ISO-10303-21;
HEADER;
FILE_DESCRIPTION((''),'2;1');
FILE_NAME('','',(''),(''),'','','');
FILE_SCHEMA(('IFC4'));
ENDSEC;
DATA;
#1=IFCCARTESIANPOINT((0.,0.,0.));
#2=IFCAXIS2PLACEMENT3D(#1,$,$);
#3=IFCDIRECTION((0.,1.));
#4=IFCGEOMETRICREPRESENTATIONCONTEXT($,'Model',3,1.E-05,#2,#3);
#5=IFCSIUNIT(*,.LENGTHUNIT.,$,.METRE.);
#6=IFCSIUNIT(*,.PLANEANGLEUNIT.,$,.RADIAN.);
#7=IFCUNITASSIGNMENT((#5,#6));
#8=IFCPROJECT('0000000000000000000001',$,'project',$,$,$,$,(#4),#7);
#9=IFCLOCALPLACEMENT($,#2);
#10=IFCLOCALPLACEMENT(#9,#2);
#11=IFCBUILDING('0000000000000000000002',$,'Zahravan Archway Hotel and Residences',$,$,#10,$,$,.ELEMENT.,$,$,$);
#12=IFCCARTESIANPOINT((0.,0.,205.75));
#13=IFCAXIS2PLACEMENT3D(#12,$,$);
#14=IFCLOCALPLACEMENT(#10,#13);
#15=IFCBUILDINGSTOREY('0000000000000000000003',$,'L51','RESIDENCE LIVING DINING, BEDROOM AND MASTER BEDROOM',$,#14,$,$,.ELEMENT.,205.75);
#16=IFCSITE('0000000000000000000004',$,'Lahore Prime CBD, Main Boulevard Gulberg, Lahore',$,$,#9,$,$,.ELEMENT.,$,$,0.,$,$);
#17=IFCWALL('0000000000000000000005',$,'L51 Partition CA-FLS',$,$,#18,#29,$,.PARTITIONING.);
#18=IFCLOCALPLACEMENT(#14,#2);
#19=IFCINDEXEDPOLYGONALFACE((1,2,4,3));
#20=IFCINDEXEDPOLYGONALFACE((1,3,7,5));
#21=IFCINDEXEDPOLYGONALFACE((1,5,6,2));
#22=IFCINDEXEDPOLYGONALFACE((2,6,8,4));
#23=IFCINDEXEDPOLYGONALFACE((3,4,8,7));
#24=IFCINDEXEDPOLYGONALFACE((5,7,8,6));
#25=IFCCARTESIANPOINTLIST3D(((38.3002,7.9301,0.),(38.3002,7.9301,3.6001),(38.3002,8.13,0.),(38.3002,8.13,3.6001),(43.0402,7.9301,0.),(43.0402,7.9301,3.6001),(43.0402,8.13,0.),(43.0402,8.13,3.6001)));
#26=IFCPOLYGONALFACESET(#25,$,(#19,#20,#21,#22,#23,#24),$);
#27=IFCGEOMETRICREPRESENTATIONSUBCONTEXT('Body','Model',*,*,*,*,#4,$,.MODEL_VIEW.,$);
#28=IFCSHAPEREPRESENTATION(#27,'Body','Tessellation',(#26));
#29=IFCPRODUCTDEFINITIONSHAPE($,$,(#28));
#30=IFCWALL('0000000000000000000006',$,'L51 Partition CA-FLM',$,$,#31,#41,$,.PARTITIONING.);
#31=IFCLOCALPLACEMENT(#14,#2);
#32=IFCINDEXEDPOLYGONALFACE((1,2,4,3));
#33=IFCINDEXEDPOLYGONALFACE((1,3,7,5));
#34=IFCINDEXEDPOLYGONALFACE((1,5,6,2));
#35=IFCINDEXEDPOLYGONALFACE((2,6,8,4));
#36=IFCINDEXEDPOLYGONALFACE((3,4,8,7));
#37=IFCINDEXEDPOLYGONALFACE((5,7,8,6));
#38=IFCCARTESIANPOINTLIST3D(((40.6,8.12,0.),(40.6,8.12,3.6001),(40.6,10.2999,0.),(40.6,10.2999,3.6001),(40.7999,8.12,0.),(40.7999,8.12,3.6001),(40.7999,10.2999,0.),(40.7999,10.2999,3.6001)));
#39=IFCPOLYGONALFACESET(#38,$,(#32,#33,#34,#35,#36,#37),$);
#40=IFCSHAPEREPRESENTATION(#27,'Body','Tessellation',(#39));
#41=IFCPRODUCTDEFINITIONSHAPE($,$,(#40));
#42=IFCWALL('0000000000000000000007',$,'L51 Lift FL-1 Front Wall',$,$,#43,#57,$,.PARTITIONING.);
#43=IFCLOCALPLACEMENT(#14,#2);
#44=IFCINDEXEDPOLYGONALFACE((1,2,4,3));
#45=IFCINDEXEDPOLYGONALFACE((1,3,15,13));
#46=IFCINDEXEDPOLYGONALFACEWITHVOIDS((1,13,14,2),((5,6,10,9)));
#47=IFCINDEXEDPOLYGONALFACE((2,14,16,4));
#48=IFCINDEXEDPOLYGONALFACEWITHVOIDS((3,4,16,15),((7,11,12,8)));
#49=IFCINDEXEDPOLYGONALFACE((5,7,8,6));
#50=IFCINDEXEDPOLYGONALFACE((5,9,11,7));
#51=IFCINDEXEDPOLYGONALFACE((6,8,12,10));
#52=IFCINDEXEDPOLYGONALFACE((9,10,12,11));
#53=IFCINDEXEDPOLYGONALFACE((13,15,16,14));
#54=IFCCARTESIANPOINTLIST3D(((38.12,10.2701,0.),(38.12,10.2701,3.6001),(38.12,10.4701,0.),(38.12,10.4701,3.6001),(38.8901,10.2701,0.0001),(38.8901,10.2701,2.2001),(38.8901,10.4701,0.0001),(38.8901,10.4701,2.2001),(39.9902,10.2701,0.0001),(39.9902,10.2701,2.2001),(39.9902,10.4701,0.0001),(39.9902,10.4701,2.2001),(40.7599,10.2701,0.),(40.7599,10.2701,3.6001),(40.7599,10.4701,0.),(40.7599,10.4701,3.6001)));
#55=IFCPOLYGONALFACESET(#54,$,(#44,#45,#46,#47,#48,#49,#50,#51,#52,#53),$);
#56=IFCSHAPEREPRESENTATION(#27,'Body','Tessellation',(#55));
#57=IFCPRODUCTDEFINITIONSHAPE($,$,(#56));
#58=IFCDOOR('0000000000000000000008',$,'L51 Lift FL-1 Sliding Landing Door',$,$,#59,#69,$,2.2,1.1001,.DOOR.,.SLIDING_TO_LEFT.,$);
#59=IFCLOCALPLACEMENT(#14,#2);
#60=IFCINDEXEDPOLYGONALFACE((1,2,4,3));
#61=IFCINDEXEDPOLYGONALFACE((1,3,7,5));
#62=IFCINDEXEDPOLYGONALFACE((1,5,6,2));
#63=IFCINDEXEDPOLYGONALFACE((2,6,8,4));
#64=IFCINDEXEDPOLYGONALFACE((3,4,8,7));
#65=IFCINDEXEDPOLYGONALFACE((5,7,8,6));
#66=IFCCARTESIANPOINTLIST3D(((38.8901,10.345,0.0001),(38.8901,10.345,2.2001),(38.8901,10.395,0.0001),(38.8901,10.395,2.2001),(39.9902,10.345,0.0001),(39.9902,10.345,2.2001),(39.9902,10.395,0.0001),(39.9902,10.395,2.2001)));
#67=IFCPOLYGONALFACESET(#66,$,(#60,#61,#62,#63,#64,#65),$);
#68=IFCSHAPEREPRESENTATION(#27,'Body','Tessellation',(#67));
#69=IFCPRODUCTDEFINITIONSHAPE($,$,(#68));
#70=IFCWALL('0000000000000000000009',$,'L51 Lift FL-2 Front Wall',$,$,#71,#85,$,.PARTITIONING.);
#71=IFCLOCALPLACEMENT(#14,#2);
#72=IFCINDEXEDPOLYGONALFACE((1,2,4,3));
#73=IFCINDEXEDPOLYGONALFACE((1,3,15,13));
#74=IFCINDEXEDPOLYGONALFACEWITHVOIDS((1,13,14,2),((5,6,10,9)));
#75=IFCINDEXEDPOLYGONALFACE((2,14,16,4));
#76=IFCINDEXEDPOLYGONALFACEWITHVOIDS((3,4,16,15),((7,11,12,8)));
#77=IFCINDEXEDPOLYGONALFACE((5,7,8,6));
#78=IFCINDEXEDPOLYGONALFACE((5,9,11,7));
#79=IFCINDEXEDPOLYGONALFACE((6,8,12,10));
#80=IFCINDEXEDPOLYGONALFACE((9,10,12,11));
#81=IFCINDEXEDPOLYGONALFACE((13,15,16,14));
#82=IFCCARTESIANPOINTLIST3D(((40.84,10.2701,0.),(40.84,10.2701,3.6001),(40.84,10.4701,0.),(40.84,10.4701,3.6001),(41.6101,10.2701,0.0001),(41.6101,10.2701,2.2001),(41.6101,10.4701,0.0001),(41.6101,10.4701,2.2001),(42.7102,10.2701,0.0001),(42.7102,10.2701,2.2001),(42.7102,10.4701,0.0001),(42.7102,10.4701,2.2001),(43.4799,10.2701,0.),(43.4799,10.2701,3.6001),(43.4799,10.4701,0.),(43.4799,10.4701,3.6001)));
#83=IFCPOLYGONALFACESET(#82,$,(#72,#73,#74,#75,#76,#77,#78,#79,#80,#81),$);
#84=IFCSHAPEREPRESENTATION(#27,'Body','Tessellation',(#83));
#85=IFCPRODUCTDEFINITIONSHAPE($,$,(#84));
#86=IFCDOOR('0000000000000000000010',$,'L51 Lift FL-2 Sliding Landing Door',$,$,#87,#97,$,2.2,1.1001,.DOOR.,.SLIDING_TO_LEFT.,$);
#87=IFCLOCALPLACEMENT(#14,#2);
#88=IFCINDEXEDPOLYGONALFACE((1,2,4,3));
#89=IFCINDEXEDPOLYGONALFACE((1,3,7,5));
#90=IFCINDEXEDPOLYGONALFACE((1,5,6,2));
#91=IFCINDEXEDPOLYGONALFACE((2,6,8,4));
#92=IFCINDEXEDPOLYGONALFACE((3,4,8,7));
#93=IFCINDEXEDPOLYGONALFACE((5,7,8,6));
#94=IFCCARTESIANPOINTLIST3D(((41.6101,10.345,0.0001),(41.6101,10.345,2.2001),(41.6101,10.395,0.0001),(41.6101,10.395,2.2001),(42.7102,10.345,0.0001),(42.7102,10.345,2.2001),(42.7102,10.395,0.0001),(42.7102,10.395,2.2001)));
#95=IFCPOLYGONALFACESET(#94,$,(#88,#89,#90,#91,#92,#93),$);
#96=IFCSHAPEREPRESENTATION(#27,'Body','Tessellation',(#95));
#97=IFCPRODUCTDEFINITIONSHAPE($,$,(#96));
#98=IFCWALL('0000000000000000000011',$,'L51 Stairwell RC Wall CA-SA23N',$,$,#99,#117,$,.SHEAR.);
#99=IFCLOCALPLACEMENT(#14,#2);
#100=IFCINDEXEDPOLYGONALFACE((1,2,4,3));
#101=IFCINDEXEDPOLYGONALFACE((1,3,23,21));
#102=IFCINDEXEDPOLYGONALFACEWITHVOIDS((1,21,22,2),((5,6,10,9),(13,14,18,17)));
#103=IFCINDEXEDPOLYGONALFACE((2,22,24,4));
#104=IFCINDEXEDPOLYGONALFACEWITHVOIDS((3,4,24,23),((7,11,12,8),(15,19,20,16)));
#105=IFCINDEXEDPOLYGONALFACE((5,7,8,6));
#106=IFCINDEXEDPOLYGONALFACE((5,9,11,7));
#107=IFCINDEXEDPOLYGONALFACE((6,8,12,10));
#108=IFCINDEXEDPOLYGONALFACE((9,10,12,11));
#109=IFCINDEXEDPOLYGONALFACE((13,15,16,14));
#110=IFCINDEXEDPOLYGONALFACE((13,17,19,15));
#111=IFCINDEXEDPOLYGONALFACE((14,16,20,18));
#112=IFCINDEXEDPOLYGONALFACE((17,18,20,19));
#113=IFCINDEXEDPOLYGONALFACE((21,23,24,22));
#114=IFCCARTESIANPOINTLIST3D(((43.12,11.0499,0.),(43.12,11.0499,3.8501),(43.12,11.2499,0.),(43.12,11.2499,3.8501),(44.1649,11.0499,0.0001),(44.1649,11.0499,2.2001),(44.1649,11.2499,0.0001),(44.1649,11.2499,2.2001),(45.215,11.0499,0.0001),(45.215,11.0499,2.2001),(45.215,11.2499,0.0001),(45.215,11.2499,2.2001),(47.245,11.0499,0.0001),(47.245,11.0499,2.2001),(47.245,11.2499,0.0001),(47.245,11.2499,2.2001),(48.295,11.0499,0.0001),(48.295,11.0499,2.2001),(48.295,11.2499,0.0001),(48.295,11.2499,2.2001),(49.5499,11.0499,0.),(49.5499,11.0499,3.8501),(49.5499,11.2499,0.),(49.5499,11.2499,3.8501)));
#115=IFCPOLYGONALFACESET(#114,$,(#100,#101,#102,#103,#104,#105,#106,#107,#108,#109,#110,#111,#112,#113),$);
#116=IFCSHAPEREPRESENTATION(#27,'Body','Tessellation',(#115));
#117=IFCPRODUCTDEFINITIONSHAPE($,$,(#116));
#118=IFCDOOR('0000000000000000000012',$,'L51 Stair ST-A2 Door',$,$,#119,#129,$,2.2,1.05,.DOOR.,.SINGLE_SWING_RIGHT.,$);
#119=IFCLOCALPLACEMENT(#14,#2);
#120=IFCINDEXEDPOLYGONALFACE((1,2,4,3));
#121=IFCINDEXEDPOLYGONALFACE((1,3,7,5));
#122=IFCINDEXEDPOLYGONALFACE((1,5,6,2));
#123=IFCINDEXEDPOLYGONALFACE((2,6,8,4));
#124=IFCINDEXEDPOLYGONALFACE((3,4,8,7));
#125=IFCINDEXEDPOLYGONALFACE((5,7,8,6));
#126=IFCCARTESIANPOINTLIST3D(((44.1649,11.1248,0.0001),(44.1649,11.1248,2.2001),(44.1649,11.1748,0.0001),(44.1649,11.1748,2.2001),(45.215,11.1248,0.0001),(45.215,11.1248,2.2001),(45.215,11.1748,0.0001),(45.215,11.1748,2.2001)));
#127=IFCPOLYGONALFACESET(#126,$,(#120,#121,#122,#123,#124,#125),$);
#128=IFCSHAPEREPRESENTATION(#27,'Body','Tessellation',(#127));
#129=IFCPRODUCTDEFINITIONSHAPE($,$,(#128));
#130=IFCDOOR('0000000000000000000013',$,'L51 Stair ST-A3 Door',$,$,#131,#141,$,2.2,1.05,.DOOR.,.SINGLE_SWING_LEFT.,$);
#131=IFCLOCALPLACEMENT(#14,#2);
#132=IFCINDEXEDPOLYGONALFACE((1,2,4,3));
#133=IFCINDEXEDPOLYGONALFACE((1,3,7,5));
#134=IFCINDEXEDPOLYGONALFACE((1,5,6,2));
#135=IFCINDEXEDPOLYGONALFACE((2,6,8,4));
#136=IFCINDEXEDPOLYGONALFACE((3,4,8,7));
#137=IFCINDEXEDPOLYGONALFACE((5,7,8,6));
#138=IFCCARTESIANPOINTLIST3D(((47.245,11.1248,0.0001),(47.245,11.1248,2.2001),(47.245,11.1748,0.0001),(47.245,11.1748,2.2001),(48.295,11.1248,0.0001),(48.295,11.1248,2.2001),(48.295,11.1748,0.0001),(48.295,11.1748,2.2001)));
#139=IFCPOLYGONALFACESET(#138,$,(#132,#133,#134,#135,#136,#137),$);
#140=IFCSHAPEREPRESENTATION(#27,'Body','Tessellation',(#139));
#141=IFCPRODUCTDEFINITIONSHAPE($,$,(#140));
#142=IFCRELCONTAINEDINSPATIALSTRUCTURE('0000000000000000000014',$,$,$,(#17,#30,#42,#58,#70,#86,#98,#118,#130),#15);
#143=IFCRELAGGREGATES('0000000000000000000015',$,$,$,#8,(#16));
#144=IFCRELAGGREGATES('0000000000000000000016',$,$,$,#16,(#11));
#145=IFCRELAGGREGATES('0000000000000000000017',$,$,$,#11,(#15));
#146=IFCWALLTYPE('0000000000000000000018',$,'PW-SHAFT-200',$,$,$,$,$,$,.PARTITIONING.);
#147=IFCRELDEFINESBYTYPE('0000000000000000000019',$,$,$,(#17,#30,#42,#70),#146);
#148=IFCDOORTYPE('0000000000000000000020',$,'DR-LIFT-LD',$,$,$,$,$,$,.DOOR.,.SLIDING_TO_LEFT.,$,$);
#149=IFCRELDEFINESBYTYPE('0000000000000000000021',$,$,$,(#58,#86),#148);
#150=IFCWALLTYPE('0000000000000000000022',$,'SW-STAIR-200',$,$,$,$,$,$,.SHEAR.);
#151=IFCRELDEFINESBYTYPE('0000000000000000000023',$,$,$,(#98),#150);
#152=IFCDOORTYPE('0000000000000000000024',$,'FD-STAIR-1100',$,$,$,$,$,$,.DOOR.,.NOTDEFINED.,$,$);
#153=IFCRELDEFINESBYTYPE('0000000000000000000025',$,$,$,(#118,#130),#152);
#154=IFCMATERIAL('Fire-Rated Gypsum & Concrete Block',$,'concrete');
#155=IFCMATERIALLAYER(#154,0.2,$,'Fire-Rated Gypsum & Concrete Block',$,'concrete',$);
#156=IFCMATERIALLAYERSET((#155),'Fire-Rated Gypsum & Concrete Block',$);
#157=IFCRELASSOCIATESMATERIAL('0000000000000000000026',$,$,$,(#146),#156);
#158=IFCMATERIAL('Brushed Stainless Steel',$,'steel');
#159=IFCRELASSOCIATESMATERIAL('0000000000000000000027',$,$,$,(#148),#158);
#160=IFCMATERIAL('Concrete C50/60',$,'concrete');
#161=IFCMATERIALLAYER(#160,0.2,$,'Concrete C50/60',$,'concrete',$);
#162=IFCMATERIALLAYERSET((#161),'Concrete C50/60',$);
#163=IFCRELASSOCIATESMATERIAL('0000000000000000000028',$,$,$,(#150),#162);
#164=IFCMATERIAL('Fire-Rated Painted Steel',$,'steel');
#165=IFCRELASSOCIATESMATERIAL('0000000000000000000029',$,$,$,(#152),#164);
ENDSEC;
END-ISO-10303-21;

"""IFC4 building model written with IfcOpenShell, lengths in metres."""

from ifc_helpers import new_model, si_unit, direction, frame, frame_2d, origin, place, context, subcontext, project, spatial, rectangle, extrude, source, transform, mapped, material, layer, layer_set, type_object, type_shapes, element, fill, save


model = new_model("IFC4")

# Units and contexts
model_context = context("Model", 3, precision=1e-05, world=origin(), true_north=direction((0.0, 1.0)))
body_context = subcontext(model_context, "Body", "Model", "MODEL_VIEW")
ifc_project = project(units=[si_unit("LENGTHUNIT", "METRE"), si_unit("PLANEANGLEUNIT", "RADIAN")], contexts=[model_context])

# Site, building, storey
site_placement = place(None, origin())
site = spatial("IfcSite", under=ifc_project, at=site_placement, Name="Lahore Prime CBD, Main Boulevard Gulberg, Lahore", CompositionType="ELEMENT", RefElevation=0.0)
building_placement = place(site_placement, origin())
building = spatial("IfcBuilding", under=site, at=building_placement, Name="Zahravan Archway Hotel and Residences", CompositionType="ELEMENT")
storey_placement = place(building_placement, frame((0.0, 0.0, 205.75)))
storey = spatial("IfcBuildingStorey", under=building, at=storey_placement, Name="L51", Description="RESIDENCE LIVING DINING, BEDROOM AND MASTER BEDROOM", CompositionType="ELEMENT", Elevation=205.75)

# Shared definitions
ifc_material_1 = material(Name="Fire-Rated Gypsum & Concrete Block", Category="concrete")
ifc_material_2 = material(Name="Fire-Rated Painted Steel", Category="steel")

# Walls
ifc_layer_1 = layer(ifc_material_1, 0.2, Name="Fire-Rated Gypsum & Concrete Block", Category="concrete")
ifc_layer_set_1 = layer_set([ifc_layer_1], Name="Fire-Rated Gypsum & Concrete Block")
wall_type_1 = type_object("IfcWallType", Name="PW-SHAFT-200", PredefinedType="PARTITIONING", material=ifc_layer_set_1)
wall_1_placement = place(storey_placement, frame((38.3, 8.03, 0.0), z_axis=(0.0, 0.0, 1.0), x_axis=(1.0, 0.0, 0.0)))
element("IfcWall", 1, at=wall_1_placement, inside=storey, type_object=wall_type_1, Name="L51 Partition CA-FLS", PredefinedType="PARTITIONING", context=body_context, shape_type="SweptSolid", body=[
    extrude(rectangle(XDim=4.74, YDim=0.2, at=frame_2d((2.3701, 0.0))), origin(), (0.0, 0.0, 1.0), 3.6001),
])
wall_2_placement = place(storey_placement, frame((40.7, 8.1201, 0.0), z_axis=(0.0, 0.0, 1.0), x_axis=(0.0, 1.0, 0.0)))
element("IfcWall", 2, at=wall_2_placement, inside=storey, type_object=wall_type_1, Name="L51 Partition CA-FLM", PredefinedType="PARTITIONING", context=body_context, shape_type="SweptSolid", body=[
    extrude(rectangle(XDim=2.1799, YDim=0.2, at=frame_2d((1.0898, 0.0))), origin(), (0.0, 0.0, 1.0), 3.6001),
])

# Walls, openings, doors
wall_3_placement = place(storey_placement, frame((38.1201, 10.3701, 0.0), z_axis=(0.0, 0.0, 1.0), x_axis=(1.0, 0.0, 0.0)))
wall_3 = element("IfcWall", 3, at=wall_3_placement, inside=storey, type_object=wall_type_1, Name="L51 Lift FL-1 Front Wall", PredefinedType="PARTITIONING", context=body_context, shape_type="SweptSolid", body=[
    extrude(rectangle(XDim=2.6399, YDim=0.2, at=frame_2d((1.3198, 0.0))), origin(), (0.0, 0.0, 1.0), 3.6001),
])
opening_1_placement = place(wall_3_placement, frame((0.77, 0.0, 0.0)))
opening_1 = element("IfcOpeningElement", 4, at=opening_1_placement, cuts=wall_3, PredefinedType="OPENING", context=body_context, shape_type="SweptSolid", body=[
    extrude(rectangle(XDim=1.1001, YDim=2.2, at=frame_2d((0.55, 1.1001))), frame((0.0, 0.1099, 0.0), z_axis=(0.0, -1.0, 0.0), x_axis=(1.0, 0.0, 0.0)), (0.0, 0.0, 1.0), 0.22),
])
ifc_material_3 = material(Name="Brushed Stainless Steel", Category="steel")
door_type_1 = type_object("IfcDoorType", Name="DR-LIFT-LD", OperationType="SLIDING_TO_LEFT", PredefinedType="DOOR", material=ifc_material_3)
shared_shape_1 = source(origin(), body_context, "Body", "SweptSolid", [
    extrude(rectangle(XDim=1.1001, YDim=2.2, at=frame_2d((0.55, 1.1001))), frame((0.0, 0.0249, 0.0), z_axis=(0.0, -1.0, 0.0), x_axis=(1.0, 0.0, 0.0)), (0.0, 0.0, 1.0), 0.05),
])
type_shapes(door_type_1, [shared_shape_1])
door_1_placement = place(opening_1_placement, origin())
door_1 = element("IfcDoor", 5, at=door_1_placement, inside=storey, type_object=door_type_1, Name="L51 Lift FL-1 Sliding Landing Door", OperationType="SLIDING_TO_LEFT", OverallHeight=2.2, OverallWidth=1.1001, PredefinedType="DOOR", context=body_context, shape_type="MappedRepresentation", body=[
    mapped(shared_shape_1, transform((0.0, 0.0, 0.0), scale=1.0)),
])
fill(opening_1, door_1)
wall_4_placement = place(storey_placement, frame((40.8401, 10.3701, 0.0), z_axis=(0.0, 0.0, 1.0), x_axis=(1.0, 0.0, 0.0)))
wall_4 = element("IfcWall", 6, at=wall_4_placement, inside=storey, type_object=wall_type_1, Name="L51 Lift FL-2 Front Wall", PredefinedType="PARTITIONING", context=body_context, shape_type="SweptSolid", body=[
    extrude(rectangle(XDim=2.6399, YDim=0.2, at=frame_2d((1.3198, 0.0))), origin(), (0.0, 0.0, 1.0), 3.6001),
])
opening_2_placement = place(wall_4_placement, frame((0.77, 0.0, 0.0)))
opening_2 = element("IfcOpeningElement", 7, at=opening_2_placement, cuts=wall_4, PredefinedType="OPENING", context=body_context, shape_type="SweptSolid", body=[
    extrude(rectangle(XDim=1.1001, YDim=2.2, at=frame_2d((0.55, 1.1001))), frame((0.0, 0.1099, 0.0), z_axis=(0.0, -1.0, 0.0), x_axis=(1.0, 0.0, 0.0)), (0.0, 0.0, 1.0), 0.22),
])
door_2_placement = place(opening_2_placement, origin())
door_2 = element("IfcDoor", 8, at=door_2_placement, inside=storey, type_object=door_type_1, Name="L51 Lift FL-2 Sliding Landing Door", OperationType="SLIDING_TO_LEFT", OverallHeight=2.2, OverallWidth=1.1001, PredefinedType="DOOR", context=body_context, shape_type="MappedRepresentation", body=[
    mapped(shared_shape_1, transform((0.0, 0.0, 0.0), scale=1.0)),
])
fill(opening_2, door_2)

# Wall, openings, doors
ifc_material_4 = material(Name="Concrete C50/60", Category="concrete")
ifc_layer_2 = layer(ifc_material_4, 0.2, Name="Concrete C50/60", Category="concrete")
ifc_layer_set_2 = layer_set([ifc_layer_2], Name="Concrete C50/60")
wall_type_2 = type_object("IfcWallType", Name="SW-STAIR-200", PredefinedType="SHEAR", material=ifc_layer_set_2)
wall_5_placement = place(storey_placement, frame((43.1201, 11.1499, 0.0), z_axis=(0.0, 0.0, 1.0), x_axis=(1.0, 0.0, 0.0)))
wall_5 = element("IfcWall", 9, at=wall_5_placement, inside=storey, type_object=wall_type_2, Name="L51 Stairwell RC Wall CA-SA23N", PredefinedType="SHEAR", context=body_context, shape_type="SweptSolid", body=[
    extrude(rectangle(XDim=6.4299, YDim=0.2, at=frame_2d((3.2148, 0.0))), origin(), (0.0, 0.0, 1.0), 3.8501),
])
opening_3_placement = place(wall_5_placement, frame((1.0449, 0.0, 0.0)))
opening_3 = element("IfcOpeningElement", 10, at=opening_3_placement, cuts=wall_5, PredefinedType="OPENING", context=body_context, shape_type="SweptSolid", body=[
    extrude(rectangle(XDim=1.05, YDim=2.2, at=frame_2d((0.5249, 1.1001))), frame((0.0, 0.1099, 0.0), z_axis=(0.0, -1.0, 0.0), x_axis=(1.0, 0.0, 0.0)), (0.0, 0.0, 1.0), 0.22),
])
opening_4_placement = place(wall_5_placement, frame((4.125, 0.0, 0.0)))
opening_4 = element("IfcOpeningElement", 11, at=opening_4_placement, cuts=wall_5, PredefinedType="OPENING", context=body_context, shape_type="SweptSolid", body=[
    extrude(rectangle(XDim=1.05, YDim=2.2, at=frame_2d((0.5249, 1.1001))), frame((0.0, 0.1099, 0.0), z_axis=(0.0, -1.0, 0.0), x_axis=(1.0, 0.0, 0.0)), (0.0, 0.0, 1.0), 0.22),
])
door_type_2 = type_object("IfcDoorType", Name="FD-STAIR-1100", OperationType="NOTDEFINED", PredefinedType="DOOR", material=ifc_material_2)
shared_shape_2 = source(origin(), body_context, "Body", "SweptSolid", [
    extrude(rectangle(XDim=1.05, YDim=2.2, at=frame_2d((0.5249, 1.1001))), frame((0.0, 0.0249, 0.0), z_axis=(0.0, -1.0, 0.0), x_axis=(1.0, 0.0, 0.0)), (0.0, 0.0, 1.0), 0.05),
])
type_shapes(door_type_2, [shared_shape_2])
door_3_placement = place(opening_3_placement, origin())
door_3 = element("IfcDoor", 12, at=door_3_placement, inside=storey, type_object=door_type_2, Name="L51 Stair ST-A2 Door", OperationType="SINGLE_SWING_RIGHT", OverallHeight=2.2, OverallWidth=1.05, PredefinedType="DOOR", context=body_context, shape_type="MappedRepresentation", body=[
    mapped(shared_shape_2, transform((0.0, 0.0, 0.0), scale=1.0)),
])
fill(opening_3, door_3)
door_4_placement = place(opening_4_placement, origin())
door_4 = element("IfcDoor", 13, at=door_4_placement, inside=storey, type_object=door_type_2, Name="L51 Stair ST-A3 Door", OperationType="SINGLE_SWING_LEFT", OverallHeight=2.2, OverallWidth=1.05, PredefinedType="DOOR", context=body_context, shape_type="MappedRepresentation", body=[
    mapped(shared_shape_2, transform((0.0, 0.0, 0.0), scale=1.0)),
])
fill(opening_4, door_4)

save(model, "model.ifc")
